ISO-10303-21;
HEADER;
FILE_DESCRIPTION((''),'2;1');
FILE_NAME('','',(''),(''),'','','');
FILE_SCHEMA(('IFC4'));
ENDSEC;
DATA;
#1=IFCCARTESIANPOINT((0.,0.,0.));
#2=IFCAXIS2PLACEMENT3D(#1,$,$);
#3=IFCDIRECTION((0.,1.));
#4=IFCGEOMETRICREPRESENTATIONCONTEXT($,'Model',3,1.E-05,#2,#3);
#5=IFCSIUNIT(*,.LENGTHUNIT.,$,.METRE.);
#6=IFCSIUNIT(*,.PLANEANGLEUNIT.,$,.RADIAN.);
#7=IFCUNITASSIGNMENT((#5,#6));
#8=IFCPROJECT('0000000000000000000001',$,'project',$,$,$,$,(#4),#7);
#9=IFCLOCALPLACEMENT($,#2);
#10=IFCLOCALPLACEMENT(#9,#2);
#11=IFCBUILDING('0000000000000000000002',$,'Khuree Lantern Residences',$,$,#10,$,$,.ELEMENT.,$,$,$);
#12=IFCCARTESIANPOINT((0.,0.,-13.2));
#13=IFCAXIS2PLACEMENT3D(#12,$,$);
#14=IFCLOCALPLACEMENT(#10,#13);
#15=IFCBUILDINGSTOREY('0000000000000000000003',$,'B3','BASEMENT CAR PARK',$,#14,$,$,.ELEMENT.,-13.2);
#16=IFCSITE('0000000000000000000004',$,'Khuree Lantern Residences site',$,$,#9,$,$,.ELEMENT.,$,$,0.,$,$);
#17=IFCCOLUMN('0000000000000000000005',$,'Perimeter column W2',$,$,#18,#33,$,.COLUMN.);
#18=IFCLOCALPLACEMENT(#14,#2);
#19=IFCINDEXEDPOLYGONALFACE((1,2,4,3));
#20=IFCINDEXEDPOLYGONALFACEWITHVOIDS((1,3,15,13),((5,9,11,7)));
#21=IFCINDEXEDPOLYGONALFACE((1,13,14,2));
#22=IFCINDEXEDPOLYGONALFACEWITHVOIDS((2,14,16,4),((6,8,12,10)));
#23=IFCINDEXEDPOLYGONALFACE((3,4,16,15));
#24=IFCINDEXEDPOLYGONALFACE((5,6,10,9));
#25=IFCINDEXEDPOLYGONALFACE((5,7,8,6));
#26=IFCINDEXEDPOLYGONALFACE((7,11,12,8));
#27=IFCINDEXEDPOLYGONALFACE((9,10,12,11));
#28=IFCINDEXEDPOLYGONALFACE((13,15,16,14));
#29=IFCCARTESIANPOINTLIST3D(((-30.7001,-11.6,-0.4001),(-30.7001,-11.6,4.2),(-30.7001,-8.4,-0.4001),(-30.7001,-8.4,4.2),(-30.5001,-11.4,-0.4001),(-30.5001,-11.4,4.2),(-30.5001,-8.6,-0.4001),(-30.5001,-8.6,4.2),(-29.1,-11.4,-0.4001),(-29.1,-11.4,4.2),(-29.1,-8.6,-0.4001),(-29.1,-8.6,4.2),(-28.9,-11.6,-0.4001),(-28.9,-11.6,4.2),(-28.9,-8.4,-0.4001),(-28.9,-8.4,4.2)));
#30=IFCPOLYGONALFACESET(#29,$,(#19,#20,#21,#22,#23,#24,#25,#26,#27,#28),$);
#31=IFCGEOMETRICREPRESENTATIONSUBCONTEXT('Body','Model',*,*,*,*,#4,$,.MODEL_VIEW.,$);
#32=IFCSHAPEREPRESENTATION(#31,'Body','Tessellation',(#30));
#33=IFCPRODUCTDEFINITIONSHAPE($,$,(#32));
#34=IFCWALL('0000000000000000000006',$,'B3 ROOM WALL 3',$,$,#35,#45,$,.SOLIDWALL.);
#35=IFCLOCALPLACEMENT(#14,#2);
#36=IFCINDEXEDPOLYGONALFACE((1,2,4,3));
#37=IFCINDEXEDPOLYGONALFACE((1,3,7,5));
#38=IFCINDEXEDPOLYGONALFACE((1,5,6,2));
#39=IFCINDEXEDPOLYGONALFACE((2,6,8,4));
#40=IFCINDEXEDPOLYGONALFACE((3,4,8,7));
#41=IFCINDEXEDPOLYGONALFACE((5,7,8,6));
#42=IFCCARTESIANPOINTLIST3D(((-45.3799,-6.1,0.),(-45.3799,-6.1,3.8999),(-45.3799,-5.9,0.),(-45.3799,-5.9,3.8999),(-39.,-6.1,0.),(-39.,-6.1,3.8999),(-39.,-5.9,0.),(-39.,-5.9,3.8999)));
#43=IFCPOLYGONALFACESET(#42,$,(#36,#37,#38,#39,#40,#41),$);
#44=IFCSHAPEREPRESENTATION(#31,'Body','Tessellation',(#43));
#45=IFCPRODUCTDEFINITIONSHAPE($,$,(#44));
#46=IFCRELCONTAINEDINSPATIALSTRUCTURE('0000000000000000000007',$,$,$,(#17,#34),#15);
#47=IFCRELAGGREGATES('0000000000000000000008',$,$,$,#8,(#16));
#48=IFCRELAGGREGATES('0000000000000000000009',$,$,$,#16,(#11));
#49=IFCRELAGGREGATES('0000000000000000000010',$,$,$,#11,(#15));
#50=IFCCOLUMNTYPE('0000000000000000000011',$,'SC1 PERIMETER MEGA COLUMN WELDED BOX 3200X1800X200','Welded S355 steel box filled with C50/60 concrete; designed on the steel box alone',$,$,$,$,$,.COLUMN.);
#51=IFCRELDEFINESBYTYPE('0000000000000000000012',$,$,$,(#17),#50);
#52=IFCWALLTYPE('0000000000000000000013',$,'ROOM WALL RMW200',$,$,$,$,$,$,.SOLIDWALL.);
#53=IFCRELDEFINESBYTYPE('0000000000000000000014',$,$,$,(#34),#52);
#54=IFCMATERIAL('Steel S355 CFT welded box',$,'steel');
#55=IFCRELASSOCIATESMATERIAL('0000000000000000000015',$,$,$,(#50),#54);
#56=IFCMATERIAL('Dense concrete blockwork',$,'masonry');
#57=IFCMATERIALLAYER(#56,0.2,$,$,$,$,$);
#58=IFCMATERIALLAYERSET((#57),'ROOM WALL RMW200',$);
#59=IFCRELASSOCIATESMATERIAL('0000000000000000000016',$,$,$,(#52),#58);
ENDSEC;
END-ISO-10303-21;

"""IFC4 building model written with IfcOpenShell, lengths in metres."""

from ifc_helpers import new_model, si_unit, direction, frame, frame_2d, origin, origin_2d, place, context, subcontext, project, spatial, rectangle, hollow_rectangle, extrude, material, layer, layer_set, material_profile, profile_set, type_object, element, save


model = new_model("IFC4")

# Units and contexts
model_context = context("Model", 3, precision=1e-05, world=origin(), true_north=direction((0.0, 1.0)))
body_context = subcontext(model_context, "Body", "Model", "MODEL_VIEW")
ifc_project = project(units=[si_unit("LENGTHUNIT", "METRE"), si_unit("PLANEANGLEUNIT", "RADIAN")], contexts=[model_context])

# Site, building, storey
site_placement = place(None, origin())
site = spatial("IfcSite", under=ifc_project, at=site_placement, Name="Khuree Lantern Residences site", CompositionType="ELEMENT", RefElevation=0.0)
building_placement = place(site_placement, origin())
building = spatial("IfcBuilding", under=site, at=building_placement, Name="Khuree Lantern Residences", CompositionType="ELEMENT")
storey_placement = place(building_placement, frame((0.0, 0.0, -13.2)))
storey = spatial("IfcBuildingStorey", under=building, at=storey_placement, Name="B3", Description="BASEMENT CAR PARK", CompositionType="ELEMENT", Elevation=-13.2)

# Column
ifc_material_1 = material(Name="Steel S355 CFT welded box", Category="steel")
ifc_material_profile_1 = material_profile(ifc_material_1, hollow_rectangle(XDim=3.2, YDim=1.8, WallThickness=0.2, at=origin_2d()), Name="WELDED BOX 3200X1800X200")
ifc_profile_set_1 = profile_set([ifc_material_profile_1], Name="Steel S355 CFT welded box")
column_type_1 = type_object("IfcColumnType", Name="SC1 PERIMETER MEGA COLUMN WELDED BOX 3200X1800X200", Description="Welded S355 steel box filled with C50/60 concrete; designed on the steel box alone", PredefinedType="COLUMN", material=ifc_profile_set_1)
column_placement = place(storey_placement, frame((-29.8, -10.0, -0.4001), z_axis=(0.0, 0.0, 1.0), x_axis=(0.0, 1.0, 0.0)))
element("IfcColumn", 1, at=column_placement, inside=storey, type_object=column_type_1, Name="Perimeter column W2", PredefinedType="COLUMN", context=body_context, shape_type="SweptSolid", body=[
    extrude(hollow_rectangle(XDim=3.2, YDim=1.8, WallThickness=0.2, at=origin_2d()), origin(), (0.0, 0.0, 1.0), 4.6001),
])

# Wall
ifc_material_2 = material(Name="Dense concrete blockwork", Category="masonry")
ifc_layer_1 = layer(ifc_material_2, 0.2)
ifc_layer_set_1 = layer_set([ifc_layer_1], Name="ROOM WALL RMW200")
wall_type = type_object("IfcWallType", Name="ROOM WALL RMW200", PredefinedType="SOLIDWALL", material=ifc_layer_set_1)
wall_placement = place(storey_placement, frame((-45.3799, -6.0, 0.0), z_axis=(0.0, 0.0, 1.0), x_axis=(1.0, 0.0, 0.0)))
element("IfcWall", 2, at=wall_placement, inside=storey, type_object=wall_type, Name="B3 ROOM WALL 3", PredefinedType="SOLIDWALL", context=body_context, shape_type="SweptSolid", body=[
    extrude(rectangle(XDim=6.3799, YDim=0.2, at=frame_2d((3.1899, 0.0))), origin(), (0.0, 0.0, 1.0), 3.8999),
])

save(model, "model.ifc")
